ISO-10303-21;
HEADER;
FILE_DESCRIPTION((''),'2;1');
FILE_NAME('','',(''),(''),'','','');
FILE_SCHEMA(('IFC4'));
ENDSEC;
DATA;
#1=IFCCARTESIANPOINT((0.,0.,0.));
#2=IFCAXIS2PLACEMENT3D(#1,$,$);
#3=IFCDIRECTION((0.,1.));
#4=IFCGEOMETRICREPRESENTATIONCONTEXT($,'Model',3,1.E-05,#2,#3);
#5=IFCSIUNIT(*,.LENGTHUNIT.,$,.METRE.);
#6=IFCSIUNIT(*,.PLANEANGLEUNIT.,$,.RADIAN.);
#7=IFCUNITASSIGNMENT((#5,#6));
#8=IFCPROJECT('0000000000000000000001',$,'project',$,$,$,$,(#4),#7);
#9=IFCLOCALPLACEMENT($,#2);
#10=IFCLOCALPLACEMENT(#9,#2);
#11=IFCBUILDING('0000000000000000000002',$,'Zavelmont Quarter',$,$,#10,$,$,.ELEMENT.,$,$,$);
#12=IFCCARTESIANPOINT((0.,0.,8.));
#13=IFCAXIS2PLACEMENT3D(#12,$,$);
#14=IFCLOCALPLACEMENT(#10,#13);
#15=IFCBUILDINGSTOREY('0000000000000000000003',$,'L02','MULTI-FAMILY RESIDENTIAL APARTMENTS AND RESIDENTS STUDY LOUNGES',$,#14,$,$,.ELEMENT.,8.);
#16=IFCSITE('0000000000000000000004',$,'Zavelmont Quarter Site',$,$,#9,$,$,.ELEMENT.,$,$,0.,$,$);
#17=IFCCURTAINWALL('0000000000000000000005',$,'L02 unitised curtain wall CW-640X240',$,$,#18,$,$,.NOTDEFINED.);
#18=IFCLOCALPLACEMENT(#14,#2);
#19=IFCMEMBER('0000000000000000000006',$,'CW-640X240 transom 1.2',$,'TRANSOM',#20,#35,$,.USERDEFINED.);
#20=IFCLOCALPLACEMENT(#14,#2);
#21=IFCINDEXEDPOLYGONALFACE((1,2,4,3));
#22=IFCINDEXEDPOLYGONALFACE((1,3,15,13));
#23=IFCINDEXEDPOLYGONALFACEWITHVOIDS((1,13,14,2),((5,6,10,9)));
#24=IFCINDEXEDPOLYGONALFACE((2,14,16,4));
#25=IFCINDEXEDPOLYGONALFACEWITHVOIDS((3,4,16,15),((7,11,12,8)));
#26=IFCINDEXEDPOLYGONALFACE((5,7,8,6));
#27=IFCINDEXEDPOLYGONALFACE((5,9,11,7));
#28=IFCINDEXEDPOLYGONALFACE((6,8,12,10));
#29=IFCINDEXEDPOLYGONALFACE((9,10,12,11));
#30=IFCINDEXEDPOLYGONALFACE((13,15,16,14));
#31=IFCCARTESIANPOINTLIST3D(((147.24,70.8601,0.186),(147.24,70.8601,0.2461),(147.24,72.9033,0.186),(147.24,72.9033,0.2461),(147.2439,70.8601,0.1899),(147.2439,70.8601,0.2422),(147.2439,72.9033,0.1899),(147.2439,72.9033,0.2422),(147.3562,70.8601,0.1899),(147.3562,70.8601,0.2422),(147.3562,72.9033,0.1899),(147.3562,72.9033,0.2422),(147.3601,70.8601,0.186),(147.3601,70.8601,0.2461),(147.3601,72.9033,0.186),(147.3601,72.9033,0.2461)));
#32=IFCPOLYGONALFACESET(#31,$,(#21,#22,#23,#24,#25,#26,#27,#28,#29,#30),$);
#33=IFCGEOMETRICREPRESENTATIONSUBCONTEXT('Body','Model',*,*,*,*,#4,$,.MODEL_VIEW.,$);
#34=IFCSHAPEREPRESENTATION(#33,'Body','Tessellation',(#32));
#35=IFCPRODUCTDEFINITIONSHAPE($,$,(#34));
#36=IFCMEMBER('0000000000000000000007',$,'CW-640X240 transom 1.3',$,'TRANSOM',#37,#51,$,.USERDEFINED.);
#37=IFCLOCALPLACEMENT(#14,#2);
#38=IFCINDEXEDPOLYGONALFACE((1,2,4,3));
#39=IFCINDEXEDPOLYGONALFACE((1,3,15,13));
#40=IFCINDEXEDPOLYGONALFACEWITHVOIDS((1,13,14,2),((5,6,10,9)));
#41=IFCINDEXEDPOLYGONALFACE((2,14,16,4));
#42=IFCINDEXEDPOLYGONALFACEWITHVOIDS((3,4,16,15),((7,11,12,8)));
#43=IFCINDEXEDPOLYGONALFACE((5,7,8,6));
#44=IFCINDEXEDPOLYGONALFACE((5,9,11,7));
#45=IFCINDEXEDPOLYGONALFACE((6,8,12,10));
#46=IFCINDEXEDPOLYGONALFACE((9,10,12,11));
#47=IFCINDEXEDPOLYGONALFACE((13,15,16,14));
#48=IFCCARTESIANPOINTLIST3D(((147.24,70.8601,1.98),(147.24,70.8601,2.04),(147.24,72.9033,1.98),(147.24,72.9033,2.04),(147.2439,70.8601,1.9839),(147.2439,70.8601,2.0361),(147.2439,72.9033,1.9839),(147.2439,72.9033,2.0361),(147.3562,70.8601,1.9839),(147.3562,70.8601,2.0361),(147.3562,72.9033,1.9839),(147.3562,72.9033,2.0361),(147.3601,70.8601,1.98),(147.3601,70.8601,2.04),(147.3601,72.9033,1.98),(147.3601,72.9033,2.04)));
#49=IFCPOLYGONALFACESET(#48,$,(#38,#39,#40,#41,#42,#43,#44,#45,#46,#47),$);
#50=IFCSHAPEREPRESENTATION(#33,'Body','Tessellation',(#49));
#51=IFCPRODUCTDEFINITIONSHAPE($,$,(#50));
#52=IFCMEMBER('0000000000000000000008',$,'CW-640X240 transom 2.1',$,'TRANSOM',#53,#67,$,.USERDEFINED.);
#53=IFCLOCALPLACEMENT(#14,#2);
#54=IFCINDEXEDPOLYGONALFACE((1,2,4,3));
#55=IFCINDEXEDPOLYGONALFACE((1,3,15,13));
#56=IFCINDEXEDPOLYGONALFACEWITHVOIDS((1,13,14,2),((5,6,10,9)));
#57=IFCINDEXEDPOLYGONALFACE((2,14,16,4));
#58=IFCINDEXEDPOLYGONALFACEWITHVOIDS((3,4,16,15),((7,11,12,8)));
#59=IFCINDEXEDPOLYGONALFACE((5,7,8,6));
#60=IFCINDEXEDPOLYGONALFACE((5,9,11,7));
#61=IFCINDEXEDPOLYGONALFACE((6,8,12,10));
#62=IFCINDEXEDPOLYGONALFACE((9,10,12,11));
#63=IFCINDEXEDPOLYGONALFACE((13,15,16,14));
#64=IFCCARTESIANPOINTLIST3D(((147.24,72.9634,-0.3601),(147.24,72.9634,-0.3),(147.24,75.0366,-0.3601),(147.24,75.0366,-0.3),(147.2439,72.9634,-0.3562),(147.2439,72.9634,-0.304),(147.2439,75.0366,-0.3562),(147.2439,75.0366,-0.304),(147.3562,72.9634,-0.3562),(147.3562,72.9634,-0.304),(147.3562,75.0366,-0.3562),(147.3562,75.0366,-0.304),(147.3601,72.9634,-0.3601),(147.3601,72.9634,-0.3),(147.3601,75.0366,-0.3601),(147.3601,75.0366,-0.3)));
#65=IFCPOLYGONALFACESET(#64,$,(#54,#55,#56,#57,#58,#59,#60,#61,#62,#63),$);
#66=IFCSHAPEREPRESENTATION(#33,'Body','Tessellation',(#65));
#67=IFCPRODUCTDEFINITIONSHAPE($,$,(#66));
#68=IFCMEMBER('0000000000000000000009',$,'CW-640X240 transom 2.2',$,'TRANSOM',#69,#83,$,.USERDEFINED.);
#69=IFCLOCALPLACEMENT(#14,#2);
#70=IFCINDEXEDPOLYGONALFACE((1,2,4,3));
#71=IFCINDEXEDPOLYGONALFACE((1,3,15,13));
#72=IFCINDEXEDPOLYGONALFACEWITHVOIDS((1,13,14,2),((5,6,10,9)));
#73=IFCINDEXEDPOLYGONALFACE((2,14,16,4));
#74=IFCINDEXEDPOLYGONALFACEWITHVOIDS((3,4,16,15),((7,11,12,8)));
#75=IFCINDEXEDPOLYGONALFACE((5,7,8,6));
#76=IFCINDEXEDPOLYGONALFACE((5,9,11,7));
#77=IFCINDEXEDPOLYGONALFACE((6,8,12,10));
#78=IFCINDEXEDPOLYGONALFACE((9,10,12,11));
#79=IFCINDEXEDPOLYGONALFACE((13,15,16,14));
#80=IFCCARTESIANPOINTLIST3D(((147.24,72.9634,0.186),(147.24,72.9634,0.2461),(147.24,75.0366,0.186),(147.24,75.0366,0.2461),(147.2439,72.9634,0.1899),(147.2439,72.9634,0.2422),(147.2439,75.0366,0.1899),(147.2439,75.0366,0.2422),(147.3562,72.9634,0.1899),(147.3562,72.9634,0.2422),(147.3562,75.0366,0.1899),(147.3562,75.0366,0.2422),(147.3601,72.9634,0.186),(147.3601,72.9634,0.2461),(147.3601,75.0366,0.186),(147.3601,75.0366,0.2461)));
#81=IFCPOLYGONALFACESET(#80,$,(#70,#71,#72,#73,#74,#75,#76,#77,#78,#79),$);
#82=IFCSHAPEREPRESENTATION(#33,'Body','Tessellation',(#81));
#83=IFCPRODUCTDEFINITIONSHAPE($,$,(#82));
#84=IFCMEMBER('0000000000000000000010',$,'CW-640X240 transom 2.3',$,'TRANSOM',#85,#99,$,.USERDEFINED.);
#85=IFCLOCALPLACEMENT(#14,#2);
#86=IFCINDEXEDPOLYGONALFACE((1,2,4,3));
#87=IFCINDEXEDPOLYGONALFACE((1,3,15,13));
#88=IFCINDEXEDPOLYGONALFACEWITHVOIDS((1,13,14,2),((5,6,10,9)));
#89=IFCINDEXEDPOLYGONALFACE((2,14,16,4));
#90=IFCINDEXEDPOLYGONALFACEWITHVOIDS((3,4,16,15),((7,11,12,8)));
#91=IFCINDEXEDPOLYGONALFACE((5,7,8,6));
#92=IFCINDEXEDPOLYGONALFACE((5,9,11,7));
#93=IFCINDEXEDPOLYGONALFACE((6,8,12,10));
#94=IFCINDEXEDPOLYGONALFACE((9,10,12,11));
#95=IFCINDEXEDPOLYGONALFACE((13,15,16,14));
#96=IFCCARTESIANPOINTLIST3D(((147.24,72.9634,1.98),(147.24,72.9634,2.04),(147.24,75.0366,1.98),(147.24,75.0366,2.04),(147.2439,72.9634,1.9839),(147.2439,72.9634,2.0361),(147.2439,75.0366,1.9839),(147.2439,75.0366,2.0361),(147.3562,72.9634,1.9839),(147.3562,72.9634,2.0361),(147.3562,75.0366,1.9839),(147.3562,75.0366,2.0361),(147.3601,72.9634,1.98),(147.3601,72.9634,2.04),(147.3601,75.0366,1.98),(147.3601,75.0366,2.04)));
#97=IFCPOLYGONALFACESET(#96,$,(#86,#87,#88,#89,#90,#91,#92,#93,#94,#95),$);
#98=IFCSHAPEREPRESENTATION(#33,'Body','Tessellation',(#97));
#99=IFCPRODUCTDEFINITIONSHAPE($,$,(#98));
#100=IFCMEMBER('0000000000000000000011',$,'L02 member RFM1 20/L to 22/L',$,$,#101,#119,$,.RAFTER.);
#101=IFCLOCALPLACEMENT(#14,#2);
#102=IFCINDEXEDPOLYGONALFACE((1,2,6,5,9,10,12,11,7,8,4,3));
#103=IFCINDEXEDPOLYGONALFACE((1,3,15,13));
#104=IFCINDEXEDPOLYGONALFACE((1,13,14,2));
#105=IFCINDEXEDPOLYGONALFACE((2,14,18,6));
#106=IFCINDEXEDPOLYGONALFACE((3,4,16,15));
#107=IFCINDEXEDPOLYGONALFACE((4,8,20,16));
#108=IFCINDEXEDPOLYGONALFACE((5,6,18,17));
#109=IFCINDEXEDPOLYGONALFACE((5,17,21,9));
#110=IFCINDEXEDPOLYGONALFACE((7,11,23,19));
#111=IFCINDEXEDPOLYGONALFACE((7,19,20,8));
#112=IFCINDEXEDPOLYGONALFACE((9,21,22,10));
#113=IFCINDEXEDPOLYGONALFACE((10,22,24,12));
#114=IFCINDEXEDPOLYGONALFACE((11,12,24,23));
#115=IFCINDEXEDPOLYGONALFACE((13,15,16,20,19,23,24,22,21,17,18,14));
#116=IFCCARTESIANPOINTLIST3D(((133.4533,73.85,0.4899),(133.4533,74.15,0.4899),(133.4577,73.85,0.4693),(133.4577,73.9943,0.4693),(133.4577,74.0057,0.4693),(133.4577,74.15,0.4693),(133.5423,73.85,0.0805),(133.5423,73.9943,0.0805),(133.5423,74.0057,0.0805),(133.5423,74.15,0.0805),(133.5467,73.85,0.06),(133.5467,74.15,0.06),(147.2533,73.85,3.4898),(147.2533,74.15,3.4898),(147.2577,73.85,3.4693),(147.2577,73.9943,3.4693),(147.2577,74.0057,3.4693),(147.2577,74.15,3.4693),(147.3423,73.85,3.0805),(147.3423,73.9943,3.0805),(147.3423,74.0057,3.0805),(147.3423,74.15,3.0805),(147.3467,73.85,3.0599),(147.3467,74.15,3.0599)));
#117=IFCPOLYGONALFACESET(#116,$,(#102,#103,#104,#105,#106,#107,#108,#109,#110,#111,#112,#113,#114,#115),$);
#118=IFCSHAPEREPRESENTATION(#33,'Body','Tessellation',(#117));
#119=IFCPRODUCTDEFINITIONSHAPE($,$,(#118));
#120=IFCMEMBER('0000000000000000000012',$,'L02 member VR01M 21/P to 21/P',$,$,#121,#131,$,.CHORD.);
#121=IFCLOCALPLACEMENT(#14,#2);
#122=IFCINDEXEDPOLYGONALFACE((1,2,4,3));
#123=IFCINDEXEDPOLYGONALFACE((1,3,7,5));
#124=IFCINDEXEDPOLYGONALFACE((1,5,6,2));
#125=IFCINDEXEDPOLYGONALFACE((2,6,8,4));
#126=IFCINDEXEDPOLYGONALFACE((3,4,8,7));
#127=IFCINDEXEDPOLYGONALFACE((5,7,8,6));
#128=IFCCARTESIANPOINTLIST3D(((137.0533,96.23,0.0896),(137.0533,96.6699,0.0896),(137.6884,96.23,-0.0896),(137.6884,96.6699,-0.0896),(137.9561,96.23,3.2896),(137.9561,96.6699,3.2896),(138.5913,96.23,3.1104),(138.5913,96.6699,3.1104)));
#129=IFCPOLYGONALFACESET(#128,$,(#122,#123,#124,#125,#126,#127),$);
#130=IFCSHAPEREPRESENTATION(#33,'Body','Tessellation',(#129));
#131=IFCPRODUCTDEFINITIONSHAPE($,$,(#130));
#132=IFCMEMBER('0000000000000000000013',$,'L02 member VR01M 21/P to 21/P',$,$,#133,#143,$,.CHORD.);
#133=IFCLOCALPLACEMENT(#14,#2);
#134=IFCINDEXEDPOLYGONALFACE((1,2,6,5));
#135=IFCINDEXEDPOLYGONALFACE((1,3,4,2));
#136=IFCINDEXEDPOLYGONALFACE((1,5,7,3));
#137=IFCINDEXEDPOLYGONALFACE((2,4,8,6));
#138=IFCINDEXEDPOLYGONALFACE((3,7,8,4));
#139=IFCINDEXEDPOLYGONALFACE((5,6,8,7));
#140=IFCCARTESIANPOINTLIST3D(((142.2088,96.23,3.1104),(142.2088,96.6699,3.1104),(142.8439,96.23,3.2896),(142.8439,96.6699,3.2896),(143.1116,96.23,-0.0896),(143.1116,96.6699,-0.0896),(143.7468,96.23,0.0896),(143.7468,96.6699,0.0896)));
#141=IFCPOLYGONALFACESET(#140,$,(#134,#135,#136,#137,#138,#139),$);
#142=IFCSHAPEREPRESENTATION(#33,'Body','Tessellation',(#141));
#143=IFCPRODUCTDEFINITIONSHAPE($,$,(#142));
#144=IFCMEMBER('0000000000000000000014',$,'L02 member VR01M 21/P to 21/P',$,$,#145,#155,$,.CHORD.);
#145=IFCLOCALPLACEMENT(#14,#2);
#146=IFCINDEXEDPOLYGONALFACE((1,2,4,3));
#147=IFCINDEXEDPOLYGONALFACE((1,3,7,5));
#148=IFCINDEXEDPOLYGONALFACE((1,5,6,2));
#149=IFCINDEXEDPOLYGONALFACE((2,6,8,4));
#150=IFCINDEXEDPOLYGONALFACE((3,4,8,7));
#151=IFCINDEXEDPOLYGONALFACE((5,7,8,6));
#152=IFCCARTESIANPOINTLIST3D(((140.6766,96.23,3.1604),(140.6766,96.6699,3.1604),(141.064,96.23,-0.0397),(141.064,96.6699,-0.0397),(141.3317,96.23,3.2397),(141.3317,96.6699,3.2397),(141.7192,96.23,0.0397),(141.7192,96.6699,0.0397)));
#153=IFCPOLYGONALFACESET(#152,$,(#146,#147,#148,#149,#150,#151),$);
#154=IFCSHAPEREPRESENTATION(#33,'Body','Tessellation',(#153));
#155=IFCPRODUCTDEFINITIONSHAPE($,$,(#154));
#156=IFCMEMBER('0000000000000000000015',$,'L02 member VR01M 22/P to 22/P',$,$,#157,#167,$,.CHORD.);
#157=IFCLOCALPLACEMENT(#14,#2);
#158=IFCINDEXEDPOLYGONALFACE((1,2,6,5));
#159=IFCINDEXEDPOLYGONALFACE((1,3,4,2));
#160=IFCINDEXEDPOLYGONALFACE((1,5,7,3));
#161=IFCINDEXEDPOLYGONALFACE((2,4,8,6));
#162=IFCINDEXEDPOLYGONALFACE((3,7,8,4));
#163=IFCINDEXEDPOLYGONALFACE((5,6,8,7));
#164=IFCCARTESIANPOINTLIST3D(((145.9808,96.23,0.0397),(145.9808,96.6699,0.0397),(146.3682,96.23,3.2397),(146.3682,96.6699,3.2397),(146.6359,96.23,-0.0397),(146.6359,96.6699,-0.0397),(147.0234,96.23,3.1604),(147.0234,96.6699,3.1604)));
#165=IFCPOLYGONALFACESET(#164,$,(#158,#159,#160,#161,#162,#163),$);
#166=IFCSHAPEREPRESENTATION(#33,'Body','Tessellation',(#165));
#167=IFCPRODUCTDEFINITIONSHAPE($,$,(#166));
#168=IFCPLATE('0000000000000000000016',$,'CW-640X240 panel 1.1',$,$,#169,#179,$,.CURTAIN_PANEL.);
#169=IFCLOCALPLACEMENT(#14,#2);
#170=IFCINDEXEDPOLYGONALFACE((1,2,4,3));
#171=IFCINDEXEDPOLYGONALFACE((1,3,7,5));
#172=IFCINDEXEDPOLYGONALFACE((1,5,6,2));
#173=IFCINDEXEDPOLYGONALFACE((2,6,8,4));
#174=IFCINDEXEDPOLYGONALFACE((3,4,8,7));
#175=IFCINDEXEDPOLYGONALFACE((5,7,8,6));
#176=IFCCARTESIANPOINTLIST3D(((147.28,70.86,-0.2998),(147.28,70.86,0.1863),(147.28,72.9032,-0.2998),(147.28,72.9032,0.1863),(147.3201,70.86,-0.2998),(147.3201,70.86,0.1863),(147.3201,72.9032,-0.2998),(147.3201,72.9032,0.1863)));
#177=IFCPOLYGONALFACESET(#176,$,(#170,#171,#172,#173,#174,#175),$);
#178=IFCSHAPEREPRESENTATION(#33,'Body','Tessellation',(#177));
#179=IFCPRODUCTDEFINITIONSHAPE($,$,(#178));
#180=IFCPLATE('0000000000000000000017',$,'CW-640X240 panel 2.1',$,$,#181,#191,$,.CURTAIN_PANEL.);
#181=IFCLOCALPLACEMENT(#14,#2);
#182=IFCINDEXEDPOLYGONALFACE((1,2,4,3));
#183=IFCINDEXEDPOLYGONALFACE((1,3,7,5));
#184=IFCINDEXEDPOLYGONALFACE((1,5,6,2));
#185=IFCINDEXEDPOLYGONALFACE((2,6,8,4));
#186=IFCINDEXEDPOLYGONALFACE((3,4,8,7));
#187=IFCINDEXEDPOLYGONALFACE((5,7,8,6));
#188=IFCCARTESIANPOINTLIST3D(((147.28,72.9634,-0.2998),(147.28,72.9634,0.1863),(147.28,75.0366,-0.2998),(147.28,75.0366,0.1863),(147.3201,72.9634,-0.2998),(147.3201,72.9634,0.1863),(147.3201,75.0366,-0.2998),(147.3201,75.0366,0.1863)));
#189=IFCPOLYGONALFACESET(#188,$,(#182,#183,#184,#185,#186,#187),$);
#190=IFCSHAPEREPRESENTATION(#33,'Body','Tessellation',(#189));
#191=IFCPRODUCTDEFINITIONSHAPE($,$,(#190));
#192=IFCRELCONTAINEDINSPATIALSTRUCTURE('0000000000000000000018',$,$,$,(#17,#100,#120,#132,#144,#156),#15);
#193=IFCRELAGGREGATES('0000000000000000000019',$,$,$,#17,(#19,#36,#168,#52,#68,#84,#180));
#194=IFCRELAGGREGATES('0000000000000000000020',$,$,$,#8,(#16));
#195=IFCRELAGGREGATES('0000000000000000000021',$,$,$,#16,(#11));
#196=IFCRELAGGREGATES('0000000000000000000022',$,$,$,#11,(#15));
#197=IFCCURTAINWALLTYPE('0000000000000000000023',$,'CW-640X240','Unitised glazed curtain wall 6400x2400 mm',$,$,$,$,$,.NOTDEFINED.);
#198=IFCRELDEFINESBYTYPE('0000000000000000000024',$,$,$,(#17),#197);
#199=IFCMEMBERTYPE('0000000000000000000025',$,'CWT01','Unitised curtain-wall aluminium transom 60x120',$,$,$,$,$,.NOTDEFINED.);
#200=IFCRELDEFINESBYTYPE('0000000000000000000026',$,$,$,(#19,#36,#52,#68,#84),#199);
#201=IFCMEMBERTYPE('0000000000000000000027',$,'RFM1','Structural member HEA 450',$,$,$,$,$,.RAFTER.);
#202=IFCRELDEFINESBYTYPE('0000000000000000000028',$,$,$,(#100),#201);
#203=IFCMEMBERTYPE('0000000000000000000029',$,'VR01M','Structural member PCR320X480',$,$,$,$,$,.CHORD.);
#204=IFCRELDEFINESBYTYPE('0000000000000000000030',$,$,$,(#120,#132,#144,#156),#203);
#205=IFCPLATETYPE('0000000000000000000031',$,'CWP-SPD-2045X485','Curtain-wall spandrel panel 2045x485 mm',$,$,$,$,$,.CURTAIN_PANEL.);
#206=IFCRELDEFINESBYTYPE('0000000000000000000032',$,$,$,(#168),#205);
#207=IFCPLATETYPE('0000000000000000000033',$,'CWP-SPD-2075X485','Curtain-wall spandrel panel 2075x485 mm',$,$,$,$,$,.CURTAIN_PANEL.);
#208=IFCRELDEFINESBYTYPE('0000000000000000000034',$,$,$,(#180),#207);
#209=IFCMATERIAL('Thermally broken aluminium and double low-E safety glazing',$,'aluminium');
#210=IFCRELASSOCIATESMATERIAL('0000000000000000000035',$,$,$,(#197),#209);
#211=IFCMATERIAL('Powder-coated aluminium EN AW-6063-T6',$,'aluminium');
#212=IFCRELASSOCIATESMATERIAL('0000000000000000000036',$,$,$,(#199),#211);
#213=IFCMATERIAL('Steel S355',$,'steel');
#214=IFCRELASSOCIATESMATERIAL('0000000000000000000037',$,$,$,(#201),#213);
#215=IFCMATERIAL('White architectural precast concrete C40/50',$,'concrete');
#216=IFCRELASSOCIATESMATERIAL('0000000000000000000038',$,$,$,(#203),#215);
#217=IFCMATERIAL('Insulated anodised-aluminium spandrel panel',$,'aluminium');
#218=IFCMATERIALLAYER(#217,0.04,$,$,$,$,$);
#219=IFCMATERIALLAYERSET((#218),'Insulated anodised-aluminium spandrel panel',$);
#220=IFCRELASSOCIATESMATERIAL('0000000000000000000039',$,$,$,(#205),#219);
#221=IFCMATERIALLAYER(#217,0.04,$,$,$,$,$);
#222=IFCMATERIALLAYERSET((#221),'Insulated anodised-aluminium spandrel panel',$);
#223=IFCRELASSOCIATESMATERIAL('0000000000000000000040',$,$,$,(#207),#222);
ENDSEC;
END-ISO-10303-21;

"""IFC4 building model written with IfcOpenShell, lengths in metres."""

from ifc_helpers import new_model, si_unit, direction, frame, origin, origin_2d, place, context, subcontext, project, spatial, rectangle, hollow_rectangle, i_section, extrude, material, layer, layer_set, material_profile, profile_set, type_object, element, aggregate, save


model = new_model("IFC4")

# Units and contexts
model_context = context("Model", 3, precision=1e-05, world=origin(), true_north=direction((0.0, 1.0)))
body_context = subcontext(model_context, "Body", "Model", "MODEL_VIEW")
ifc_project = project(units=[si_unit("LENGTHUNIT", "METRE"), si_unit("PLANEANGLEUNIT", "RADIAN")], contexts=[model_context])

# Site, building, storey
site_placement = place(None, origin())
site = spatial("IfcSite", under=ifc_project, at=site_placement, Name="Zavelmont Quarter Site", CompositionType="ELEMENT", RefElevation=0.0)
building_placement = place(site_placement, origin())
building = spatial("IfcBuilding", under=site, at=building_placement, Name="Zavelmont Quarter", CompositionType="ELEMENT")
storey_placement = place(building_placement, frame((0.0, 0.0, 8.0)))
storey = spatial("IfcBuildingStorey", under=building, at=storey_placement, Name="L02", Description="MULTI-FAMILY RESIDENTIAL APARTMENTS AND RESIDENTS STUDY LOUNGES", CompositionType="ELEMENT", Elevation=8.0)

# Shared definitions
ifc_material_1 = material(Name="Steel S355", Category="steel")

# Curtain wall, members
ifc_material_2 = material(Name="Thermally broken aluminium and double low-E safety glazing", Category="aluminium")
curtain_wall_type = type_object("IfcCurtainWallType", Name="CW-640X240", Description="Unitised glazed curtain wall 6400x2400 mm", PredefinedType="NOTDEFINED", material=ifc_material_2)
curtain_wall_placement = place(storey_placement, origin())
curtain_wall = element("IfcCurtainWall", 1, at=curtain_wall_placement, inside=storey, type_object=curtain_wall_type, Name="L02 unitised curtain wall CW-640X240", PredefinedType="NOTDEFINED")
ifc_material_3 = material(Name="Powder-coated aluminium EN AW-6063-T6", Category="aluminium")
ifc_material_profile_1 = material_profile(ifc_material_3, hollow_rectangle(XDim=0.1201, YDim=0.0601, WallThickness=0.0039, at=origin_2d()), Name="CWT60X120")
ifc_profile_set_1 = profile_set([ifc_material_profile_1], Name="Powder-coated aluminium EN AW-6063-T6")
member_type_1 = type_object("IfcMemberType", Name="CWT01", Description="Unitised curtain-wall aluminium transom 60x120", PredefinedType="NOTDEFINED", material=ifc_profile_set_1)
member_1_placement = place(storey_placement, frame((147.3, 70.8601, 0.2161), z_axis=(0.0, 1.0, 0.0), x_axis=(-1.0, 0.0, 0.0)))
member_1 = element("IfcMember", 2, at=member_1_placement, type_object=member_type_1, Name="CW-640X240 transom 1.2", ObjectType="TRANSOM", PredefinedType="USERDEFINED", context=body_context, shape_type="SweptSolid", body=[
    extrude(hollow_rectangle(XDim=0.1201, YDim=0.0601, WallThickness=0.0039, at=origin_2d()), origin(), (0.0, 0.0, 1.0), 2.0432),
])
member_2_placement = place(storey_placement, frame((147.3, 70.8601, 2.01), z_axis=(0.0, 1.0, 0.0), x_axis=(-1.0, 0.0, 0.0)))
member_2 = element("IfcMember", 3, at=member_2_placement, type_object=member_type_1, Name="CW-640X240 transom 1.3", ObjectType="TRANSOM", PredefinedType="USERDEFINED", context=body_context, shape_type="SweptSolid", body=[
    extrude(hollow_rectangle(XDim=0.1201, YDim=0.0601, WallThickness=0.0039, at=origin_2d()), origin(), (0.0, 0.0, 1.0), 2.0432),
])
member_3_placement = place(storey_placement, frame((147.3, 72.9634, -0.3301), z_axis=(0.0, 1.0, 0.0), x_axis=(-1.0, 0.0, 0.0)))
member_3 = element("IfcMember", 4, at=member_3_placement, type_object=member_type_1, Name="CW-640X240 transom 2.1", ObjectType="TRANSOM", PredefinedType="USERDEFINED", context=body_context, shape_type="SweptSolid", body=[
    extrude(hollow_rectangle(XDim=0.1201, YDim=0.0601, WallThickness=0.0039, at=origin_2d()), origin(), (0.0, 0.0, 1.0), 2.0732),
])
member_4_placement = place(storey_placement, frame((147.3, 72.9634, 0.2161), z_axis=(0.0, 1.0, 0.0), x_axis=(-1.0, 0.0, 0.0)))
member_4 = element("IfcMember", 5, at=member_4_placement, type_object=member_type_1, Name="CW-640X240 transom 2.2", ObjectType="TRANSOM", PredefinedType="USERDEFINED", context=body_context, shape_type="SweptSolid", body=[
    extrude(hollow_rectangle(XDim=0.1201, YDim=0.0601, WallThickness=0.0039, at=origin_2d()), origin(), (0.0, 0.0, 1.0), 2.0732),
])
member_5_placement = place(storey_placement, frame((147.3, 72.9634, 2.01), z_axis=(0.0, 1.0, 0.0), x_axis=(-1.0, 0.0, 0.0)))
member_5 = element("IfcMember", 6, at=member_5_placement, type_object=member_type_1, Name="CW-640X240 transom 2.3", ObjectType="TRANSOM", PredefinedType="USERDEFINED", context=body_context, shape_type="SweptSolid", body=[
    extrude(hollow_rectangle(XDim=0.1201, YDim=0.0601, WallThickness=0.0039, at=origin_2d()), origin(), (0.0, 0.0, 1.0), 2.0732),
])

# Members
ifc_material_profile_2 = material_profile(ifc_material_1, i_section(OverallWidth=0.3, OverallDepth=0.4399, WebThickness=0.0115, FlangeThickness=0.021, at=origin_2d()), Name="HEA 450")
ifc_profile_set_2 = profile_set([ifc_material_profile_2], Name="Steel S355")
member_type_2 = type_object("IfcMemberType", Name="RFM1", Description="Structural member HEA 450", PredefinedType="RAFTER", material=ifc_profile_set_2)
member_6_placement = place(storey_placement, frame((133.5, 74.0, 0.2749), z_axis=(0.977177, 0.0, 0.212429), x_axis=(0.0, 1.0, 0.0)))
element("IfcMember", 7, at=member_6_placement, inside=storey, type_object=member_type_2, Name="L02 member RFM1 20/L to 22/L", PredefinedType="RAFTER", context=body_context, shape_type="SweptSolid", body=[
    extrude(i_section(OverallWidth=0.3, OverallDepth=0.4399, WebThickness=0.0115, FlangeThickness=0.021, at=origin_2d()), origin(), (0.0, 0.0, 1.0), 14.1223),
])
ifc_material_4 = material(Name="White architectural precast concrete C40/50", Category="concrete")
ifc_material_profile_3 = material_profile(ifc_material_4, rectangle(XDim=0.4399, YDim=0.6599, at=origin_2d()), Name="PCR320X480")
ifc_profile_set_3 = profile_set([ifc_material_profile_3], Name="White architectural precast concrete C40/50")
member_type_3 = type_object("IfcMemberType", Name="VR01M", Description="Structural member PCR320X480", PredefinedType="CHORD", material=ifc_profile_set_3)
for number, where, z_axis, x_axis, name in (
    (8, (137.3708, 96.45, 0.0), (0.271539, 0.0, 0.962428), (0.0, 1.0, 0.0), "L02 member VR01M 21/P to 21/P"),
    (9, (143.4292, 96.45, 0.0), (-0.271539, 0.0, 0.962428), (0.0, -1.0, 0.0), "L02 member VR01M 21/P to 21/P"),
):
    element("IfcMember", number, at=place(storey_placement, frame(where, z_axis=z_axis, x_axis=x_axis)), inside=storey, type_object=member_type_3, Name=name, PredefinedType="CHORD", context=body_context, shape_type="SweptSolid", body=[
        extrude(rectangle(XDim=0.4399, YDim=0.6599, at=origin_2d()), origin(), (0.0, 0.0, 1.0), 3.325),
    ])
for number, where, z_axis, x_axis, name in (
    (10, (141.3916, 96.45, 0.0), (-0.120202, 0.0, 0.992749), (0.0, -1.0, 0.0), "L02 member VR01M 21/P to 21/P"),
    (11, (146.3083, 96.45, 0.0), (0.120202, 0.0, 0.992749), (0.0, 1.0, 0.0), "L02 member VR01M 22/P to 22/P"),
):
    element("IfcMember", number, at=place(storey_placement, frame(where, z_axis=z_axis, x_axis=x_axis)), inside=storey, type_object=member_type_3, Name=name, PredefinedType="CHORD", context=body_context, shape_type="SweptSolid", body=[
        extrude(rectangle(XDim=0.4399, YDim=0.6599, at=origin_2d()), origin(), (0.0, 0.0, 1.0), 3.2234),
    ])

# Plates
ifc_material_5 = material(Name="Insulated anodised-aluminium spandrel panel", Category="aluminium")
ifc_layer_1 = layer(ifc_material_5, 0.04)
ifc_layer_set_1 = layer_set([ifc_layer_1], Name="Insulated anodised-aluminium spandrel panel")
plate_type_1 = type_object("IfcPlateType", Name="CWP-SPD-2045X485", Description="Curtain-wall spandrel panel 2045x485 mm", PredefinedType="CURTAIN_PANEL", material=ifc_layer_set_1)
plate_1_placement = place(storey_placement, frame((147.3, 71.8816, -0.2998), z_axis=(0.0, 0.0, 1.0), x_axis=(0.0, 1.0, 0.0)))
plate_1 = element("IfcPlate", 12, at=plate_1_placement, type_object=plate_type_1, Name="CW-640X240 panel 1.1", PredefinedType="CURTAIN_PANEL", context=body_context, shape_type="SweptSolid", body=[
    extrude(rectangle(XDim=2.0432, YDim=0.04, at=origin_2d()), origin(), (0.0, 0.0, 1.0), 0.4861),
])
ifc_layer_2 = layer(ifc_material_5, 0.04)
ifc_layer_set_2 = layer_set([ifc_layer_2], Name="Insulated anodised-aluminium spandrel panel")
plate_type_2 = type_object("IfcPlateType", Name="CWP-SPD-2075X485", Description="Curtain-wall spandrel panel 2075x485 mm", PredefinedType="CURTAIN_PANEL", material=ifc_layer_set_2)
plate_2_placement = place(storey_placement, frame((147.3, 74.0, -0.2998), z_axis=(0.0, 0.0, 1.0), x_axis=(0.0, 1.0, 0.0)))
plate_2 = element("IfcPlate", 13, at=plate_2_placement, type_object=plate_type_2, Name="CW-640X240 panel 2.1", PredefinedType="CURTAIN_PANEL", context=body_context, shape_type="SweptSolid", body=[
    extrude(rectangle(XDim=2.0732, YDim=0.04, at=origin_2d()), origin(), (0.0, 0.0, 1.0), 0.4861),
])
aggregate(curtain_wall, [member_1, member_2, plate_1, member_3, member_4, member_5, plate_2])

save(model, "model.ifc")
